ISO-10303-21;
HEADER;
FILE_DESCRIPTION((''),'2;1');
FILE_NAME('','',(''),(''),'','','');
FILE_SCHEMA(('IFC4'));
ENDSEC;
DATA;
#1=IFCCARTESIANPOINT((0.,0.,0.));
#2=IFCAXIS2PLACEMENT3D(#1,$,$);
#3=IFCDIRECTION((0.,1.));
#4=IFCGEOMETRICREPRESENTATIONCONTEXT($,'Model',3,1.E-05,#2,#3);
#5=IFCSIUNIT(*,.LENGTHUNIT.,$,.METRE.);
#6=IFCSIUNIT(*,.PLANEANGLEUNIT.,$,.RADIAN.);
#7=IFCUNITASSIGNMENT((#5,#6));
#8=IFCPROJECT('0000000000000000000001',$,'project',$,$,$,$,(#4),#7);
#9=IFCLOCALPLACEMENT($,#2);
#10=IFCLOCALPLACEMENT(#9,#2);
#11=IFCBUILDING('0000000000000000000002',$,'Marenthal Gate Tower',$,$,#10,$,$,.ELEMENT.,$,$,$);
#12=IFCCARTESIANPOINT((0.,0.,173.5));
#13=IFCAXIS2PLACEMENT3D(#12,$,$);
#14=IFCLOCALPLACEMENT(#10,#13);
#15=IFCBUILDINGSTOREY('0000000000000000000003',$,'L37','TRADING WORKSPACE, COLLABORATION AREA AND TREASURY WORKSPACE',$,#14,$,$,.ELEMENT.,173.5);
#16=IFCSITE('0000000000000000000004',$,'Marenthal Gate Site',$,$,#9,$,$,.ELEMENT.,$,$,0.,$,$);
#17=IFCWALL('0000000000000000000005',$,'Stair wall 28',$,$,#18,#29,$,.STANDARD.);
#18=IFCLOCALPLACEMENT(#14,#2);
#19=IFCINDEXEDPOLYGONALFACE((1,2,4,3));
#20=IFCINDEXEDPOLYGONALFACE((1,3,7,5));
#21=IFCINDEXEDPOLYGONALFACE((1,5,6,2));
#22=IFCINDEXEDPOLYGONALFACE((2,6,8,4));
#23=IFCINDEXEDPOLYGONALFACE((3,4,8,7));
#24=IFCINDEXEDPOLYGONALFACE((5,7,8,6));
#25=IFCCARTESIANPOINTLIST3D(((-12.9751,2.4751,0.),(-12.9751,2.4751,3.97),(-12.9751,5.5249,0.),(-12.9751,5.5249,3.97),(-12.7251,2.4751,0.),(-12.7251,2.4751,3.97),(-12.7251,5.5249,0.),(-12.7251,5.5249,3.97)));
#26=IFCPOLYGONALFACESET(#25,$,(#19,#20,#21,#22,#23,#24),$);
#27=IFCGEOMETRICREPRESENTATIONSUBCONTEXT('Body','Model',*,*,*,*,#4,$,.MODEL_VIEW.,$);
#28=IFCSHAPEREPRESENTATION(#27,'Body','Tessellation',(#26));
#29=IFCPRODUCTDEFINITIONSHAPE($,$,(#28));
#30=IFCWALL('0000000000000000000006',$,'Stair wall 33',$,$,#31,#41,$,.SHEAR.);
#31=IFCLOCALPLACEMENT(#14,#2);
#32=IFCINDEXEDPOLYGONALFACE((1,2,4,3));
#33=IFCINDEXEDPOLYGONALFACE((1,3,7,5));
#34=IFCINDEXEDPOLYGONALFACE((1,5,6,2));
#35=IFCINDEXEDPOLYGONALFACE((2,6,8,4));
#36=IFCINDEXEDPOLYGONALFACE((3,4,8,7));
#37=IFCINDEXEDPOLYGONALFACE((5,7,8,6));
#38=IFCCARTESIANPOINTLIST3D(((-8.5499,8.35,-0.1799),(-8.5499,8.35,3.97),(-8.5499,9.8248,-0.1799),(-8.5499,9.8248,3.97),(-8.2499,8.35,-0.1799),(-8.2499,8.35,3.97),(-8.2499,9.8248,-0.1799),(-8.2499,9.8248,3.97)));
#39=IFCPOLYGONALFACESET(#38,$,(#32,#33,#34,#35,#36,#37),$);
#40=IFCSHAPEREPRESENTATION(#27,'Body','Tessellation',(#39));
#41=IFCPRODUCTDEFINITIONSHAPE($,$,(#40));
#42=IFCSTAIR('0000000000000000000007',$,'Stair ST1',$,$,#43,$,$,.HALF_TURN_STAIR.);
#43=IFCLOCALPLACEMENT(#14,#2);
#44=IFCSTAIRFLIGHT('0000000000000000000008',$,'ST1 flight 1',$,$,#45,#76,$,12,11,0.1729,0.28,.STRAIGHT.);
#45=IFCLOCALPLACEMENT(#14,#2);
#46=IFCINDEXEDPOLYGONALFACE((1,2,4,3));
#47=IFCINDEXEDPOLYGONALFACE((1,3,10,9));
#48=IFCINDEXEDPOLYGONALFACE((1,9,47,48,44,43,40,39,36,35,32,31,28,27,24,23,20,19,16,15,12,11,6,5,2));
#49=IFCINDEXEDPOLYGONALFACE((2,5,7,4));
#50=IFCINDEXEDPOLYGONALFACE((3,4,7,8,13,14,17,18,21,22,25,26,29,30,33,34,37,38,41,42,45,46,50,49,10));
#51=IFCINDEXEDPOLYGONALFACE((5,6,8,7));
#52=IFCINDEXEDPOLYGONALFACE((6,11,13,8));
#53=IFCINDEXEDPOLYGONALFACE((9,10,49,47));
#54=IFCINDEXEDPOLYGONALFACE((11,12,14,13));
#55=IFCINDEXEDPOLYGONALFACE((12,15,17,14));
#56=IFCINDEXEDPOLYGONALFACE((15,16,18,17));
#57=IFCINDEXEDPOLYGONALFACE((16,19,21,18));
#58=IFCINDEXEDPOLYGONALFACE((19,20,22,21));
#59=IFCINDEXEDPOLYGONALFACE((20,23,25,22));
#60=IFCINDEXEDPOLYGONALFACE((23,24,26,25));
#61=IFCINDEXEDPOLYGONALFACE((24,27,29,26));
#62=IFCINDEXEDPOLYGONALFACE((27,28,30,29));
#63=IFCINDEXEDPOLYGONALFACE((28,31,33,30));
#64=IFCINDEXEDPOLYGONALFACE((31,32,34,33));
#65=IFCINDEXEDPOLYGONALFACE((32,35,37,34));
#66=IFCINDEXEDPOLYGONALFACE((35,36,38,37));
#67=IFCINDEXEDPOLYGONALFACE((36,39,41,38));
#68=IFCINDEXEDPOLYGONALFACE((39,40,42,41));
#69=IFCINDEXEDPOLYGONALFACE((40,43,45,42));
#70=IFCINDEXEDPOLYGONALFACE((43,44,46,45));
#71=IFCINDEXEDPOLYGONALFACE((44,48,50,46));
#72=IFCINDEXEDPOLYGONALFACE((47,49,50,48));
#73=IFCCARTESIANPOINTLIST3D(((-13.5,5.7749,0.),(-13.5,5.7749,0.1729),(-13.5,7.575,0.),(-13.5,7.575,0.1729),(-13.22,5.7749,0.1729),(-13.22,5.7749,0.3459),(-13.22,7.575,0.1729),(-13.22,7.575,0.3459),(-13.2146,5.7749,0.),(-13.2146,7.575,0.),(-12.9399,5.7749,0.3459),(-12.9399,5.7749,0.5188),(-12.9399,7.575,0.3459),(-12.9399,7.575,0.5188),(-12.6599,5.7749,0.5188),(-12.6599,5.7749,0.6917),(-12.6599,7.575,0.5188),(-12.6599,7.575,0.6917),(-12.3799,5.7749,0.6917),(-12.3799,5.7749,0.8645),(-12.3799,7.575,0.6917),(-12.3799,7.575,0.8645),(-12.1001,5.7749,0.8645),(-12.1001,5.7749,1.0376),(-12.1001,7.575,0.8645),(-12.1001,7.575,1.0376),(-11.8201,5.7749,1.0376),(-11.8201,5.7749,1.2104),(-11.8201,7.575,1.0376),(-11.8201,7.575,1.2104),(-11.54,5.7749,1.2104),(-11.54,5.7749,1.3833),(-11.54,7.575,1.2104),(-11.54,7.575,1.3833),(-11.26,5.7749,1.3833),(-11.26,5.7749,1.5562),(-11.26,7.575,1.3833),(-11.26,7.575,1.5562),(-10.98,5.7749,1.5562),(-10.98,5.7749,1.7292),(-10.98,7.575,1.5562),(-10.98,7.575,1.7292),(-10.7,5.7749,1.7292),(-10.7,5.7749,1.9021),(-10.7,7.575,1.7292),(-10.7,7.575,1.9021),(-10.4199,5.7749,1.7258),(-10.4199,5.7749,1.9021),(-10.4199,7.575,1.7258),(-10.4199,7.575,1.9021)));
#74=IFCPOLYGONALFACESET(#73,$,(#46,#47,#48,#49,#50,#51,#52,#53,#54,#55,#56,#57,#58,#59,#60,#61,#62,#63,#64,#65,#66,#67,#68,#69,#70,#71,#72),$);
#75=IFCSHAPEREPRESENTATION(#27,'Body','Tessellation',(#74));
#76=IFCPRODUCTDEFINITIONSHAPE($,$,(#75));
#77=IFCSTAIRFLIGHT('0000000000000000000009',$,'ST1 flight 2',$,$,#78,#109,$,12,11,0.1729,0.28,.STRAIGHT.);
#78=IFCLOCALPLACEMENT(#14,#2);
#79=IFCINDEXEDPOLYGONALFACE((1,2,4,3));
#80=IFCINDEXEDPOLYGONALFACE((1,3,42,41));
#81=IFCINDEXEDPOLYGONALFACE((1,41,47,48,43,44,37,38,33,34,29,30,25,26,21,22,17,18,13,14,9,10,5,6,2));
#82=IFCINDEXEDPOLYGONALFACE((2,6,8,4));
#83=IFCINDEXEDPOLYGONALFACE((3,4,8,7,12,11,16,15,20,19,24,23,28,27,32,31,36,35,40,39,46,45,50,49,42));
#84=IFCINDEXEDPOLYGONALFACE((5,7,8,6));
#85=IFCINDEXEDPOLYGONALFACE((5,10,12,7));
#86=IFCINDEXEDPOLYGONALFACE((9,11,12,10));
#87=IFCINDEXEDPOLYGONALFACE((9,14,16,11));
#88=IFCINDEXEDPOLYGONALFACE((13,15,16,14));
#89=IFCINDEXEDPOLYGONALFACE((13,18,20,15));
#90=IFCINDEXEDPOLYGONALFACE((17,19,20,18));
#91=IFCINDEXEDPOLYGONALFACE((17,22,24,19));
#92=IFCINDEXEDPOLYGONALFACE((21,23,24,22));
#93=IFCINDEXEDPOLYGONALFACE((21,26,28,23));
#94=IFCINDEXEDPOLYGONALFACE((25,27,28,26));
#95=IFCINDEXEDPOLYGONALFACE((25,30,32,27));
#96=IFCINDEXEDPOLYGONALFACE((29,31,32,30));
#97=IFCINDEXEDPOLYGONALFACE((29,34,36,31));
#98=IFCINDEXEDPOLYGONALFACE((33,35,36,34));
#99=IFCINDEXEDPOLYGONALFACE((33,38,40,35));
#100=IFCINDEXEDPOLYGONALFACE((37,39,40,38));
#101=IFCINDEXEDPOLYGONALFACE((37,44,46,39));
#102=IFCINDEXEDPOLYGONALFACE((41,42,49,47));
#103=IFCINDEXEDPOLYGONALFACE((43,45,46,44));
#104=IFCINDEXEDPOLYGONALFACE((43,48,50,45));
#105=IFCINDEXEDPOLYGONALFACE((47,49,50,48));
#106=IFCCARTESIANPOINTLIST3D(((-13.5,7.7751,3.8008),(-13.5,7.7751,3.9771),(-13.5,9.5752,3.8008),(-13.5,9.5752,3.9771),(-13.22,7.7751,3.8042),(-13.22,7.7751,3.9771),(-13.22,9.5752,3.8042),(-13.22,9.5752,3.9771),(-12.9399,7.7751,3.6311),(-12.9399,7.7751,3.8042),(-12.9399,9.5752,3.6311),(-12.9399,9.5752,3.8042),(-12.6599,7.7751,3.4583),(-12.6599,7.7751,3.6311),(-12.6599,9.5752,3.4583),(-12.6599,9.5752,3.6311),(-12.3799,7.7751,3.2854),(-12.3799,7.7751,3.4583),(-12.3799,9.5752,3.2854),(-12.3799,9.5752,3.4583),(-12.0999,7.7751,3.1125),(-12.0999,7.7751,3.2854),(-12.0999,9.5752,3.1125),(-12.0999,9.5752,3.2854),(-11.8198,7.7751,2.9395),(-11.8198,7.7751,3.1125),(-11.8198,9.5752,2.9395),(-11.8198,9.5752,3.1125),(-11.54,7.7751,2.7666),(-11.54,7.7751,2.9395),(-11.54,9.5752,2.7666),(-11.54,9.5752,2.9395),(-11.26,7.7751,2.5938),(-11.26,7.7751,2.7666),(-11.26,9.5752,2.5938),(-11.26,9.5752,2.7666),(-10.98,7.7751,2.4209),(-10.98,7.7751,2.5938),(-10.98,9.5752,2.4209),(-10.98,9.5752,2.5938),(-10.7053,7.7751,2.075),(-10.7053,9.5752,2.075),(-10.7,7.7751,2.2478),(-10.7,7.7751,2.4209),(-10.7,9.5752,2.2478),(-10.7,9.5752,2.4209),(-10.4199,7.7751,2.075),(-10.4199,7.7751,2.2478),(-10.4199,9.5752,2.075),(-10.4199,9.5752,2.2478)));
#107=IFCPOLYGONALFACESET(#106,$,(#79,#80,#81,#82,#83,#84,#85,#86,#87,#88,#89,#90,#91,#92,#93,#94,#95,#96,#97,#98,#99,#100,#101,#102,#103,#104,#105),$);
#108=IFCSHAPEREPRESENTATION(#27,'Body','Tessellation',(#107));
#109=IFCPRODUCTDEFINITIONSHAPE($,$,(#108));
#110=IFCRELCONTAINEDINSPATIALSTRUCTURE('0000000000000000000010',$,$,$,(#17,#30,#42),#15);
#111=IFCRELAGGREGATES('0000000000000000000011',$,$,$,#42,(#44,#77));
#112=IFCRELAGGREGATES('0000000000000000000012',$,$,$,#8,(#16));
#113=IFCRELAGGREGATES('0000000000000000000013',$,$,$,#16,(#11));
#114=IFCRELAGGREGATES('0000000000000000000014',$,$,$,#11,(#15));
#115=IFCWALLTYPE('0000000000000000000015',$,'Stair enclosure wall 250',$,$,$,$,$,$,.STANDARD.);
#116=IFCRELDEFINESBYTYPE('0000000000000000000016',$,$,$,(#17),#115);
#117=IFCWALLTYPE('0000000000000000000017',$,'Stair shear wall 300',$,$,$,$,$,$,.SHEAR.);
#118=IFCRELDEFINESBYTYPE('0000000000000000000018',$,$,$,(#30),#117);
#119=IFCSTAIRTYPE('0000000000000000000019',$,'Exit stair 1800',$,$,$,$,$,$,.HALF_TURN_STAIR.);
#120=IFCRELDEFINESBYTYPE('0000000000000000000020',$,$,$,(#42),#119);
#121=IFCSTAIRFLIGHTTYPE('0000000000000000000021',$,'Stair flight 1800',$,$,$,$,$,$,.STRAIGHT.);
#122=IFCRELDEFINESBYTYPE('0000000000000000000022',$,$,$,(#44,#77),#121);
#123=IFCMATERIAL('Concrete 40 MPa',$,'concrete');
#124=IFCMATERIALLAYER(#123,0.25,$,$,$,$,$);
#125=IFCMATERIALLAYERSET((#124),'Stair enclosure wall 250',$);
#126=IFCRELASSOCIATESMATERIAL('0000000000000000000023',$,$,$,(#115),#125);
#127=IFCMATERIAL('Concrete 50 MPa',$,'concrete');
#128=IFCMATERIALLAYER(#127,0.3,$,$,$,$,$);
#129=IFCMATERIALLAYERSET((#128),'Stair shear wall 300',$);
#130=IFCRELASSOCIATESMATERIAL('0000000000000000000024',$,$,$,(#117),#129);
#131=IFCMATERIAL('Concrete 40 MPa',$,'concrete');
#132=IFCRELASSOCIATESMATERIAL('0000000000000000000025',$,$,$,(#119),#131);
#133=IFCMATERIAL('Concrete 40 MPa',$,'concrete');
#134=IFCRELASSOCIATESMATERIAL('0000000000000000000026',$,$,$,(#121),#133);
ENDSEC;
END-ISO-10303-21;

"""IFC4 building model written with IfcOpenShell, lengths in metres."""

from ifc_helpers import new_model, si_unit, direction, frame, frame_2d, origin, place, context, subcontext, project, spatial, polyline, rectangle, outline, extrude, material, layer, layer_set, type_object, element, aggregate, save


model = new_model("IFC4")

# Units and contexts
model_context = context("Model", 3, precision=1e-05, world=origin(), true_north=direction((0.0, 1.0)))
body_context = subcontext(model_context, "Body", "Model", "MODEL_VIEW")
ifc_project = project(units=[si_unit("LENGTHUNIT", "METRE"), si_unit("PLANEANGLEUNIT", "RADIAN")], contexts=[model_context])

# Site, building, storey
site_placement = place(None, origin())
site = spatial("IfcSite", under=ifc_project, at=site_placement, Name="Marenthal Gate Site", CompositionType="ELEMENT", RefElevation=0.0)
building_placement = place(site_placement, origin())
building = spatial("IfcBuilding", under=site, at=building_placement, Name="Marenthal Gate Tower", CompositionType="ELEMENT")
storey_placement = place(building_placement, frame((0.0, 0.0, 173.5)))
storey = spatial("IfcBuildingStorey", under=building, at=storey_placement, Name="L37", Description="TRADING WORKSPACE, COLLABORATION AREA AND TREASURY WORKSPACE", CompositionType="ELEMENT", Elevation=173.5)

# Walls
ifc_material_1 = material(Name="Concrete 40 MPa", Category="concrete")
ifc_layer_1 = layer(ifc_material_1, 0.25)
ifc_layer_set_1 = layer_set([ifc_layer_1], Name="Stair enclosure wall 250")
wall_type_1 = type_object("IfcWallType", Name="Stair enclosure wall 250", PredefinedType="STANDARD", material=ifc_layer_set_1)
wall_1_placement = place(storey_placement, frame((-12.8501, 2.4751, 0.0), z_axis=(0.0, 0.0, 1.0), x_axis=(0.0, 1.0, 0.0)))
element("IfcWall", 1, at=wall_1_placement, inside=storey, type_object=wall_type_1, Name="Stair wall 28", PredefinedType="STANDARD", context=body_context, shape_type="SweptSolid", body=[
    extrude(rectangle(XDim=3.0498, YDim=0.25, at=frame_2d((1.5249, 0.0))), origin(), (0.0, 0.0, 1.0), 3.97),
])
ifc_material_2 = material(Name="Concrete 50 MPa", Category="concrete")
ifc_layer_2 = layer(ifc_material_2, 0.3)
ifc_layer_set_2 = layer_set([ifc_layer_2], Name="Stair shear wall 300")
wall_type_2 = type_object("IfcWallType", Name="Stair shear wall 300", PredefinedType="SHEAR", material=ifc_layer_set_2)
wall_2_placement = place(storey_placement, frame((-8.3999, 8.3501, -0.1799), z_axis=(0.0, 0.0, 1.0), x_axis=(0.0, 1.0, 0.0)))
element("IfcWall", 2, at=wall_2_placement, inside=storey, type_object=wall_type_2, Name="Stair wall 33", PredefinedType="SHEAR", context=body_context, shape_type="SweptSolid", body=[
    extrude(rectangle(XDim=1.4749, YDim=0.3, at=frame_2d((0.7373, 0.0))), origin(), (0.0, 0.0, 1.0), 4.1499),
])

# Stair, stair flights
ifc_material_3 = material(Name="Concrete 40 MPa", Category="concrete")
stair_type = type_object("IfcStairType", Name="Exit stair 1800", PredefinedType="HALF_TURN_STAIR", material=ifc_material_3)
stair_placement = place(storey_placement, origin())
stair = element("IfcStair", 3, at=stair_placement, inside=storey, type_object=stair_type, Name="Stair ST1", PredefinedType="HALF_TURN_STAIR")
ifc_material_4 = material(Name="Concrete 40 MPa", Category="concrete")
stair_flight_type = type_object("IfcStairFlightType", Name="Stair flight 1800", PredefinedType="STRAIGHT", material=ifc_material_4)
stair_flight_1_placement = place(storey_placement, frame((-13.5, 6.675, 0.0), z_axis=(0.0, 0.0, 1.0), x_axis=(1.0, 0.0, 0.0)))
stair_flight_1 = element("IfcStairFlight", 4, at=stair_flight_1_placement, type_object=stair_flight_type, Name="ST1 flight 1", NumberOfRisers=12, NumberOfTreads=11, PredefinedType="STRAIGHT", RiserHeight=0.1729, TreadLength=0.28, context=body_context, shape_type="SweptSolid", body=[
    extrude(outline(polyline([(0.0, 0.0), (0.0, 0.1729), (0.28, 0.1729), (0.28, 0.3459), (0.5601, 0.3459), (0.5601, 0.5188), (0.8401, 0.5188), (0.8401, 0.6917), (1.1201, 0.6917), (1.1201, 0.8645), (1.3999, 0.8645), (1.3999, 1.0376), (1.6799, 1.0376), (1.6799, 1.2104), (1.96, 1.2104), (1.96, 1.3833), (2.24, 1.3833), (2.24, 1.5562), (2.52, 1.5562), (2.52, 1.7292), (2.8, 1.7292), (2.8, 1.9021), (3.0801, 1.9021), (3.0801, 2.075), (3.0801, 1.7258), (0.2854, 0.0), (0.0, 0.0)])), frame((0.0, 0.8999, 0.0), z_axis=(0.0, -1.0, 0.0), x_axis=(1.0, 0.0, 0.0)), (0.0, 0.0, 1.0), 1.8),
])
stair_flight_2_placement = place(storey_placement, frame((-10.4199, 8.675, 2.075), z_axis=(0.0, 0.0, 1.0), x_axis=(-1.0, 0.0, 0.0)))
stair_flight_2 = element("IfcStairFlight", 5, at=stair_flight_2_placement, type_object=stair_flight_type, Name="ST1 flight 2", NumberOfRisers=12, NumberOfTreads=11, PredefinedType="STRAIGHT", RiserHeight=0.1729, TreadLength=0.28, context=body_context, shape_type="SweptSolid", body=[
    extrude(outline(polyline([(0.0, 0.0), (0.0, 0.1729), (0.28, 0.1729), (0.28, 0.3459), (0.5601, 0.3459), (0.5601, 0.5188), (0.8401, 0.5188), (0.8401, 0.6917), (1.1201, 0.6917), (1.1201, 0.8645), (1.3999, 0.8645), (1.3999, 1.0376), (1.6799, 1.0376), (1.6799, 1.2104), (1.96, 1.2104), (1.96, 1.3833), (2.24, 1.3833), (2.24, 1.5562), (2.52, 1.5562), (2.52, 1.7292), (2.8, 1.7292), (2.8, 1.9021), (3.0801, 1.9021), (3.0801, 2.075), (3.0801, 1.7258), (0.2854, 0.0), (0.0, 0.0)])), frame((0.0, 0.8999, 0.0), z_axis=(0.0, -1.0, 0.0), x_axis=(1.0, 0.0, 0.0)), (0.0, 0.0, 1.0), 1.8),
])
aggregate(stair, [stair_flight_1, stair_flight_2])

save(model, "model.ifc")
